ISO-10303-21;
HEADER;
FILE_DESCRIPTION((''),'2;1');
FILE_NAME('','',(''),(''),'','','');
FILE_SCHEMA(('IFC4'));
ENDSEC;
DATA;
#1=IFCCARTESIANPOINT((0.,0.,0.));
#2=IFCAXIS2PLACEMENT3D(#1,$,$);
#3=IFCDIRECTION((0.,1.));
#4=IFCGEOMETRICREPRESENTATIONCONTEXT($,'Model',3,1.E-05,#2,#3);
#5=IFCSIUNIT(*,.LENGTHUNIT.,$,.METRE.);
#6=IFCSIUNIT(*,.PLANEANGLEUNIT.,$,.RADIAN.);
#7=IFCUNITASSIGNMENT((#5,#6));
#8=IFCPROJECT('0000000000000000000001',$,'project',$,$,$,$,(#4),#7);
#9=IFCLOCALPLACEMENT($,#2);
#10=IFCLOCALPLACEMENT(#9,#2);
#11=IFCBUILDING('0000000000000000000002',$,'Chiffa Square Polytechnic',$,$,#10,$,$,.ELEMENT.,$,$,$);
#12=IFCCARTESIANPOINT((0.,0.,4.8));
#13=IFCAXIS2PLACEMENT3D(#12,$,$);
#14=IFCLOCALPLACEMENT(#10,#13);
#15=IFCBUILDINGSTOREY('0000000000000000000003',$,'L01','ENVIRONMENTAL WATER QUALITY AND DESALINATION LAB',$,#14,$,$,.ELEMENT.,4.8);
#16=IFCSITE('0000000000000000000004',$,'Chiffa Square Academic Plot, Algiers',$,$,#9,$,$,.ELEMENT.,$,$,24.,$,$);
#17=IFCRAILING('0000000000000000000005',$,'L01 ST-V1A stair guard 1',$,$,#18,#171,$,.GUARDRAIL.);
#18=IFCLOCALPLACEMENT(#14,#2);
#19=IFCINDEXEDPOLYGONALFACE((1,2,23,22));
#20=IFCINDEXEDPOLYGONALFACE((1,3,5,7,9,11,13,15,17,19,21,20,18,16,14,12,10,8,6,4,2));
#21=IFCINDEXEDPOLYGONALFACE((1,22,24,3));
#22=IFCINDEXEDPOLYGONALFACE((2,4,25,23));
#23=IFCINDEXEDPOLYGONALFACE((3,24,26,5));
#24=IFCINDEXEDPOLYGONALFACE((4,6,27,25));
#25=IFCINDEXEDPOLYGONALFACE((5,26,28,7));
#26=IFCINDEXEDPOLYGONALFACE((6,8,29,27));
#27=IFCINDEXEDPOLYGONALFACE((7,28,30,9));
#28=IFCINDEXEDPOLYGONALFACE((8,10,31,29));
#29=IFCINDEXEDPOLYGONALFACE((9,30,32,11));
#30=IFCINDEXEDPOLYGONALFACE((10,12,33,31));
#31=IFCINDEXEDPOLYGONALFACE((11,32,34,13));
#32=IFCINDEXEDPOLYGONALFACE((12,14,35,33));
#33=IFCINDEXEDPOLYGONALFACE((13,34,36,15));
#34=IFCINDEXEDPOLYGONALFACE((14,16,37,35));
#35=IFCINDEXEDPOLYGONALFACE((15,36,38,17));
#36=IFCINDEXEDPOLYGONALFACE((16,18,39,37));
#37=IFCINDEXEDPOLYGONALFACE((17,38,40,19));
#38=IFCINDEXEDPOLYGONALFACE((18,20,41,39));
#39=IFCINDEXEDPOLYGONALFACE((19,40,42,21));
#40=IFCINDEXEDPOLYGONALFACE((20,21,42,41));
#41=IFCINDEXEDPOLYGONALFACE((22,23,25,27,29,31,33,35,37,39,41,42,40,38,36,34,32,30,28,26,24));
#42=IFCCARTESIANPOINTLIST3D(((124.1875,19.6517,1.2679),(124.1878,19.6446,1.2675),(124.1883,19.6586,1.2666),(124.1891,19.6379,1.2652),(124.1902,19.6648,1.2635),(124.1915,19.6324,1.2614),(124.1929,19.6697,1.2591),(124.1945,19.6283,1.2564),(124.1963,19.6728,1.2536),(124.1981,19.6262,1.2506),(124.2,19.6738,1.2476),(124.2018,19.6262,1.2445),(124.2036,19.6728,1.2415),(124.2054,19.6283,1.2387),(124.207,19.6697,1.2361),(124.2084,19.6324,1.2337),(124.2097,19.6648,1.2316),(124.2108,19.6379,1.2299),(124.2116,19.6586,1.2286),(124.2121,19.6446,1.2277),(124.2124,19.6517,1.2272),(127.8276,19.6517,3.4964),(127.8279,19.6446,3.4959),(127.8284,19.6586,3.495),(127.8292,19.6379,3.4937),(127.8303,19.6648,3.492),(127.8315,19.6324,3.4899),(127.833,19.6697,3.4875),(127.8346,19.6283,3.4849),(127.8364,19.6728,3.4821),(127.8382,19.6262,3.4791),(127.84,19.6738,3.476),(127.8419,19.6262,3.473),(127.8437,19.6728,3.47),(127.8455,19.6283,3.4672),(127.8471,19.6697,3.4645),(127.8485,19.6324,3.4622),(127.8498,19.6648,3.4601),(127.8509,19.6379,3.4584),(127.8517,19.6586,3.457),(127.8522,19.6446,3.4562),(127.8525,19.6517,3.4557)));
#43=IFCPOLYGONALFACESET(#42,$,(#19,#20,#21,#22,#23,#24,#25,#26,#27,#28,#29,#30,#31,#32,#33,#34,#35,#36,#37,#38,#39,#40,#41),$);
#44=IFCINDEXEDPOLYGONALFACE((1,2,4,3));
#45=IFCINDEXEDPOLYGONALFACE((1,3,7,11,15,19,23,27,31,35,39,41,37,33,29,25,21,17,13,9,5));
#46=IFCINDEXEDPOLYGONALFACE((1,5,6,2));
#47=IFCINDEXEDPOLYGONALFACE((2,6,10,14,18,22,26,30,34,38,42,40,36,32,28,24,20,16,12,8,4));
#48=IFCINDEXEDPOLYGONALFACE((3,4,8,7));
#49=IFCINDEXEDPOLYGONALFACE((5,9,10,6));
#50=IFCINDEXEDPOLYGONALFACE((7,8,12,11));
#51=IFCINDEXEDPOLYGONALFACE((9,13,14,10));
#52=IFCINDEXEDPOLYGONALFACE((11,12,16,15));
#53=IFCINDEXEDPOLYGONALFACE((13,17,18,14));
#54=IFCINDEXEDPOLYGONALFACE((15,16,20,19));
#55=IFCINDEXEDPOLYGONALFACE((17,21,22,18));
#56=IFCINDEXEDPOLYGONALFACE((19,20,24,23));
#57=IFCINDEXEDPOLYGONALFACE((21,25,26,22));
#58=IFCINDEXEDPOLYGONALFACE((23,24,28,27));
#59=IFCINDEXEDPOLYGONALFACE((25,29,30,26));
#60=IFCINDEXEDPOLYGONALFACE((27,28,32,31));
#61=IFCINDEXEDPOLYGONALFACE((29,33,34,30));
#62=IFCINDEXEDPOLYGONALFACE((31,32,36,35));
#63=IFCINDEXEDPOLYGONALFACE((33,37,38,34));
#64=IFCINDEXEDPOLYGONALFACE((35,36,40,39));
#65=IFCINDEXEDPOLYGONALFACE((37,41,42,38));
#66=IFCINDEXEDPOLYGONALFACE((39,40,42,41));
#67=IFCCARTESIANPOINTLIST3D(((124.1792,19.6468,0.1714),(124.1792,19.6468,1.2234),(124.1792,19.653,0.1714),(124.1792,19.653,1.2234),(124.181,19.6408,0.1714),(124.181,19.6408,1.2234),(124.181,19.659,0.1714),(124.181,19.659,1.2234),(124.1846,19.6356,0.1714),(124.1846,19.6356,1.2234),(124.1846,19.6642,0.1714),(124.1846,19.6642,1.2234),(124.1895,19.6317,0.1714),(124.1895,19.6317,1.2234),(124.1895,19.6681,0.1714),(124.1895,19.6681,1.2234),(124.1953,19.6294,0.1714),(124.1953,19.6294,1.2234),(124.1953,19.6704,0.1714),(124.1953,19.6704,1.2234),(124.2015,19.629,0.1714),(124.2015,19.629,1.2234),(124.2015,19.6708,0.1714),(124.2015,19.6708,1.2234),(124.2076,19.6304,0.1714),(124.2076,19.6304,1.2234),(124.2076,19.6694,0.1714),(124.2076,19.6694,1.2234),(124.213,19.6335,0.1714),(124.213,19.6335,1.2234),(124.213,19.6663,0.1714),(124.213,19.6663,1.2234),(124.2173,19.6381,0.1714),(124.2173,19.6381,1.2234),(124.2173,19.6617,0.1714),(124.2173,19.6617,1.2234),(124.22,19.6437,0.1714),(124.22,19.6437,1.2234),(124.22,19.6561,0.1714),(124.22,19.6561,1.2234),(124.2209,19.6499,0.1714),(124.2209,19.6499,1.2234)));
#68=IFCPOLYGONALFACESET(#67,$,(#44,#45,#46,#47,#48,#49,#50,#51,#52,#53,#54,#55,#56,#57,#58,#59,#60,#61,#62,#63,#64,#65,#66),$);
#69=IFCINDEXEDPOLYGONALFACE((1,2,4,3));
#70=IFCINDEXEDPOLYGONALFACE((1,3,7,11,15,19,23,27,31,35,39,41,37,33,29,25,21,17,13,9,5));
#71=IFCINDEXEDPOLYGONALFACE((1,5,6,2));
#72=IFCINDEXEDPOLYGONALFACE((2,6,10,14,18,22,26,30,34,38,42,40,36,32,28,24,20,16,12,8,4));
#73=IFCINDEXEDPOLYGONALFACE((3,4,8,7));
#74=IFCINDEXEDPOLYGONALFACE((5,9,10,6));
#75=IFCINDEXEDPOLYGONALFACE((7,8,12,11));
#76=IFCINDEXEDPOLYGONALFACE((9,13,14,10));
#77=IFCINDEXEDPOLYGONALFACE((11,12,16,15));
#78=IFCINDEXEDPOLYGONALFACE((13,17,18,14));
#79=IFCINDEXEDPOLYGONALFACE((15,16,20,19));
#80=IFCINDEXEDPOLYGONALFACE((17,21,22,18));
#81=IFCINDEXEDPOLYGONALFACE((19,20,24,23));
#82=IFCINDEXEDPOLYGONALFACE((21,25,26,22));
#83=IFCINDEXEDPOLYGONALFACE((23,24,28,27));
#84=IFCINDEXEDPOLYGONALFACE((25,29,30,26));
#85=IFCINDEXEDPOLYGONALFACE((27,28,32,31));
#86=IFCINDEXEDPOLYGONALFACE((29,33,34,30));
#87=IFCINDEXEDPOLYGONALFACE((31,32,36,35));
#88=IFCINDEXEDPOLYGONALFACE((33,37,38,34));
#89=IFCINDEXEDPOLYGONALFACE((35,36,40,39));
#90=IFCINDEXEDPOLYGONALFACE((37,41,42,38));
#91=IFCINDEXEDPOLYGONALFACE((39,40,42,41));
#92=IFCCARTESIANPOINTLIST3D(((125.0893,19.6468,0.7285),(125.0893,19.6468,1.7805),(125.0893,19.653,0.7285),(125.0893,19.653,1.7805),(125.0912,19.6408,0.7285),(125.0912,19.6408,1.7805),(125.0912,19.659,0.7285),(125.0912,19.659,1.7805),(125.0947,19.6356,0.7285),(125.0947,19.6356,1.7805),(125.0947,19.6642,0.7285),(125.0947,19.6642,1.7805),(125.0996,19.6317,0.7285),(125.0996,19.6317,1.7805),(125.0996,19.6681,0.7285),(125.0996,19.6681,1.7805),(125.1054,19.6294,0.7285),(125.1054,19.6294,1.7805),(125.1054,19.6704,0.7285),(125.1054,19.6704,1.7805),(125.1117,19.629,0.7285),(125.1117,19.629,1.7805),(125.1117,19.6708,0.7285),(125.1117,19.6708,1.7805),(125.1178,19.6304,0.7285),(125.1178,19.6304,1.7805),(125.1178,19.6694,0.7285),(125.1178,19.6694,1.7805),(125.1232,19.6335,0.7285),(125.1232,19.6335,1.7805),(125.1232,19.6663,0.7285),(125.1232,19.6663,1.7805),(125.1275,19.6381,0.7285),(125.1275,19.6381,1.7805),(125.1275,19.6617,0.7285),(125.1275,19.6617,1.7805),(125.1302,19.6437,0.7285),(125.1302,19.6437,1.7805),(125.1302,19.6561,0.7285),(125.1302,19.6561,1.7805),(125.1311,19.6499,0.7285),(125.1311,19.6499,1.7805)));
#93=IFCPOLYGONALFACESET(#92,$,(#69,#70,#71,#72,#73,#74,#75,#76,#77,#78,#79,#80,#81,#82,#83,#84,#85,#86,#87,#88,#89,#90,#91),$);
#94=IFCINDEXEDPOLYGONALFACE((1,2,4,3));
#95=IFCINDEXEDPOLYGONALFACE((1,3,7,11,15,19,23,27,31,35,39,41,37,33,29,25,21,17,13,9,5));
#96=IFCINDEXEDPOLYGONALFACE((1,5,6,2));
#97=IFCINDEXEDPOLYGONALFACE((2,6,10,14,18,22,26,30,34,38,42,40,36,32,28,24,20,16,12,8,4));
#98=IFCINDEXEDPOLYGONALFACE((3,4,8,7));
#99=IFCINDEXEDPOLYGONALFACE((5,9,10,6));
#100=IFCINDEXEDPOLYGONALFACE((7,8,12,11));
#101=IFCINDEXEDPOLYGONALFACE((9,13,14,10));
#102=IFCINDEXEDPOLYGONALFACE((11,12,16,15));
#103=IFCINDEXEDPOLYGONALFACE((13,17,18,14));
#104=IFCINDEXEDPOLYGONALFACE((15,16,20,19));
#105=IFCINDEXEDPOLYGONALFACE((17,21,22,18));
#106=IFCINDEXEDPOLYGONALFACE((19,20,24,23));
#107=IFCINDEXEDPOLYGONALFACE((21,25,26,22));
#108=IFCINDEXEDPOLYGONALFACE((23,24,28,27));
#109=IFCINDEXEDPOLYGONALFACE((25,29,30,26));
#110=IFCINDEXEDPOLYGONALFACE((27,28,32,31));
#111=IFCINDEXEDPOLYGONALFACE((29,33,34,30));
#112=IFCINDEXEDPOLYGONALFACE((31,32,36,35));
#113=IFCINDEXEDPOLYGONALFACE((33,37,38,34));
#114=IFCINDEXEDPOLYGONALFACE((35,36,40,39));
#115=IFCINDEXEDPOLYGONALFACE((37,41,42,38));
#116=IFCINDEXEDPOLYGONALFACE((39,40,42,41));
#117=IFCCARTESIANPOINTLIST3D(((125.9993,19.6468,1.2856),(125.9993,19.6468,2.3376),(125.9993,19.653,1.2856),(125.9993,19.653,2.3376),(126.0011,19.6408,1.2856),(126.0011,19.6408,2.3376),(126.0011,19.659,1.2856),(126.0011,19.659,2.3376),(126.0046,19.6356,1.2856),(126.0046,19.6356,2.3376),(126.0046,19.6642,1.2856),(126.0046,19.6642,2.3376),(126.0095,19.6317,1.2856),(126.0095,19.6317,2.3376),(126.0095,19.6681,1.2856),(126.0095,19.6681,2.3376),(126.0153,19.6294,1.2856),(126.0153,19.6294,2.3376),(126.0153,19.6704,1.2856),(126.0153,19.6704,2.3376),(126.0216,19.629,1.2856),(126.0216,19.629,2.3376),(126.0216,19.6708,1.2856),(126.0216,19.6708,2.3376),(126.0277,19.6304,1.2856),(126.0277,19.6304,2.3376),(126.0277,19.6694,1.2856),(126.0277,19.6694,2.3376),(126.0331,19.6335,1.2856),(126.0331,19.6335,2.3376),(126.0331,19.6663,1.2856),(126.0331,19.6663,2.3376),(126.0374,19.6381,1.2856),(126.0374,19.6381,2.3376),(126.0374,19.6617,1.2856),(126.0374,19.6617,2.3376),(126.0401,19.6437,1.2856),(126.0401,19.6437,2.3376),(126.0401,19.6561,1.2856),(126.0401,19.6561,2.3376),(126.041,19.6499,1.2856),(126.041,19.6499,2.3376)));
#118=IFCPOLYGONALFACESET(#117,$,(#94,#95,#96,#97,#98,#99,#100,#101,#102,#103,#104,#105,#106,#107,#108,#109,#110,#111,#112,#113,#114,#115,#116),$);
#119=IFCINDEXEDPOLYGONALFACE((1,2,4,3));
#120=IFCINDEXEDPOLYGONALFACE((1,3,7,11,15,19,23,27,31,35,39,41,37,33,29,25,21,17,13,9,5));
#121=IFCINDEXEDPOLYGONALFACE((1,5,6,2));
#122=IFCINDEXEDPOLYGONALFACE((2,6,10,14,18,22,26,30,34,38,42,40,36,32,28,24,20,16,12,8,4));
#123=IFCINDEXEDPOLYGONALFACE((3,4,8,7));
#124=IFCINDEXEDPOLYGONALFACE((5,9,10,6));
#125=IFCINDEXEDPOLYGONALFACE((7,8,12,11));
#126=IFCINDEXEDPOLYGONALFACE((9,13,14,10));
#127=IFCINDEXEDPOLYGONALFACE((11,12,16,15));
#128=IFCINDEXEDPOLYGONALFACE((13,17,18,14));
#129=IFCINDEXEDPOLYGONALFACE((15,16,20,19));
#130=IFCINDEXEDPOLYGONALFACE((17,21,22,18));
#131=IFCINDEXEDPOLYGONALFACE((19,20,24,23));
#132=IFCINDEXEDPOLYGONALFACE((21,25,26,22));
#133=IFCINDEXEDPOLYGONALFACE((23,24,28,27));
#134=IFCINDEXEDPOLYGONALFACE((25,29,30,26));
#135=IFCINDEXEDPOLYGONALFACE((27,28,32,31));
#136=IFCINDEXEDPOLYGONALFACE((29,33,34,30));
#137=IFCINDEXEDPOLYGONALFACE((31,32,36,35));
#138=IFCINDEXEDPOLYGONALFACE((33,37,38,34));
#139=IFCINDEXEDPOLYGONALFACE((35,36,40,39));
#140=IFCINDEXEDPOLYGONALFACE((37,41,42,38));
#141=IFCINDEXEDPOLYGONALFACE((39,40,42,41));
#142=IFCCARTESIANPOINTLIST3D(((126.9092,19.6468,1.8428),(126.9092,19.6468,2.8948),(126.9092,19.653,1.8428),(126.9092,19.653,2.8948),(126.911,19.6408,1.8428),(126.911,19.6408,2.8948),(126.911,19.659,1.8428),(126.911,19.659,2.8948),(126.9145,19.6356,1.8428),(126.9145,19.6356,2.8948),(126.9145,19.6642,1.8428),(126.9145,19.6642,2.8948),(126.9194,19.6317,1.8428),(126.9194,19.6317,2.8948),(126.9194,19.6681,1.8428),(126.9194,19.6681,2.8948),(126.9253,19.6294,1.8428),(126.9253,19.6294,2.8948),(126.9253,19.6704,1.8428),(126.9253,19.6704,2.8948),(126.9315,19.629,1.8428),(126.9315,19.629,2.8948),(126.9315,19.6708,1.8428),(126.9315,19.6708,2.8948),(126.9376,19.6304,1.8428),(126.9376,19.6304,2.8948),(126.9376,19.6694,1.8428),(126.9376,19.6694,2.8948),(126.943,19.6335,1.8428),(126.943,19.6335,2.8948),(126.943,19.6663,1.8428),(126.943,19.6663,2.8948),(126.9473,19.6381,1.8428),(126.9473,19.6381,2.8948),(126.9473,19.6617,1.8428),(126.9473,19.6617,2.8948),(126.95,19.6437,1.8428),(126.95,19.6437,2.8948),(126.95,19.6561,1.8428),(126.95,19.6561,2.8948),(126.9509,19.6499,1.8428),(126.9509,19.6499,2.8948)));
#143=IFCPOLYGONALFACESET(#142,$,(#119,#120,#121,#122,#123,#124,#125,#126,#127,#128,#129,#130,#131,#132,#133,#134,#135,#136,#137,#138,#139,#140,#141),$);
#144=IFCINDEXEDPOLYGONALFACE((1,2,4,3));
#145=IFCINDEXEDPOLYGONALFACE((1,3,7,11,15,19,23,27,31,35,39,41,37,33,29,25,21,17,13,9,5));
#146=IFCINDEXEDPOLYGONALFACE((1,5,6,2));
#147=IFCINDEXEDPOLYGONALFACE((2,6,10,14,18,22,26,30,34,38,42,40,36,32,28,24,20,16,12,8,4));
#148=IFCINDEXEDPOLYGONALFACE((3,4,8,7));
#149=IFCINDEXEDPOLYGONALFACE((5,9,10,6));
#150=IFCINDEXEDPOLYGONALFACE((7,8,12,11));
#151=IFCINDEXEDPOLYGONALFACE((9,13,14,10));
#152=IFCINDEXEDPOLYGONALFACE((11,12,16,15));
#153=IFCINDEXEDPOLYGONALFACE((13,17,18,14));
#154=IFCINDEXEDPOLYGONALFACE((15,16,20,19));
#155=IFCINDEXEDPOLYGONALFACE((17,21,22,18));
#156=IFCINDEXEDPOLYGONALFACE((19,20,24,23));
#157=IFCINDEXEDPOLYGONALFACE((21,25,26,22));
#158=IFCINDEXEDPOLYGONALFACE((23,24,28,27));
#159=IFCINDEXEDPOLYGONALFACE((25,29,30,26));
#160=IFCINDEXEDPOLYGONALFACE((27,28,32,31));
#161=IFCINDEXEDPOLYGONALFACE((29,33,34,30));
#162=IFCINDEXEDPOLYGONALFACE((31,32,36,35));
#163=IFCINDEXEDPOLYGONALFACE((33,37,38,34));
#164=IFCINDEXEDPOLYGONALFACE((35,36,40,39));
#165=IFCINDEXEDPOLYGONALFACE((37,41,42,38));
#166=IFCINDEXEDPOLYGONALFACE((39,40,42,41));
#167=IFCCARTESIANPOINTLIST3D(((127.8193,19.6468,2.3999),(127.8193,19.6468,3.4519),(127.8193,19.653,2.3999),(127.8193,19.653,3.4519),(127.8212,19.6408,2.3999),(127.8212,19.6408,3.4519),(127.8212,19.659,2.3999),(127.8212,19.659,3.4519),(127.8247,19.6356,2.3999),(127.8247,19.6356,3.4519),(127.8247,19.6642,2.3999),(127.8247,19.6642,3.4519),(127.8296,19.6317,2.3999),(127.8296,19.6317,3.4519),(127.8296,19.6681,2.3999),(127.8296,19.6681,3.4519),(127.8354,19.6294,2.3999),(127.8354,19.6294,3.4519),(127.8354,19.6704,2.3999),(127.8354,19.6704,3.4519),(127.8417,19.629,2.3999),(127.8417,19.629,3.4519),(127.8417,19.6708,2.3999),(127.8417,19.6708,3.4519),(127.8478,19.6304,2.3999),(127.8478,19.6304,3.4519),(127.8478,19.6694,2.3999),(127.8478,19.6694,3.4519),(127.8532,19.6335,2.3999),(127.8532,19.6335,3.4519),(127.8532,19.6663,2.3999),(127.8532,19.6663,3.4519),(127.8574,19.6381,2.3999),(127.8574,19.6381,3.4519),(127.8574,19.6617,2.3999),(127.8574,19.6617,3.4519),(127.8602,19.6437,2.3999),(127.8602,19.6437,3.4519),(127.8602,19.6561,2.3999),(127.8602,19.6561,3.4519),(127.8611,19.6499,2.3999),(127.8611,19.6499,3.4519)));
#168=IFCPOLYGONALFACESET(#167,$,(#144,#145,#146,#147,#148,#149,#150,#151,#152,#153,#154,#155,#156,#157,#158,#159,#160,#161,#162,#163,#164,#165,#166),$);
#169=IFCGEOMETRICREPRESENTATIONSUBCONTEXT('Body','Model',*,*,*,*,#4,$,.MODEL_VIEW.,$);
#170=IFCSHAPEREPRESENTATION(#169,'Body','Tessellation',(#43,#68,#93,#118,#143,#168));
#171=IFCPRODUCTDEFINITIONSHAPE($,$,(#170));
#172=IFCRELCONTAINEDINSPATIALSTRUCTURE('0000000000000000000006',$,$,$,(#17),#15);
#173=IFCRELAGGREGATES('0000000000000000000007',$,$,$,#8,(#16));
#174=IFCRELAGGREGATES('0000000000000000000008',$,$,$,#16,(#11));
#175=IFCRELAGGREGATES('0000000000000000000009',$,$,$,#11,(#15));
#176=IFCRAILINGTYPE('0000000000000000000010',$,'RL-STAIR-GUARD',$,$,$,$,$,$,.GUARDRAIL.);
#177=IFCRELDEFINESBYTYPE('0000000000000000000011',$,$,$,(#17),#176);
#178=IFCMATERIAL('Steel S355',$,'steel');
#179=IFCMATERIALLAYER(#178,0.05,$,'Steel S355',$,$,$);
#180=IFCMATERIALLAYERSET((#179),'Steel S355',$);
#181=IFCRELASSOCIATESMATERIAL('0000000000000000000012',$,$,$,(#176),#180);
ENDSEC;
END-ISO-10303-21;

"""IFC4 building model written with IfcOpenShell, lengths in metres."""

from ifc_helpers import new_model, si_unit, direction, frame, origin, origin_2d, place, context, subcontext, project, spatial, circle, extrude, material, layer, layer_set, type_object, element, save


model = new_model("IFC4")

# Units and contexts
model_context = context("Model", 3, precision=1e-05, world=origin(), true_north=direction((0.0, 1.0)))
body_context = subcontext(model_context, "Body", "Model", "MODEL_VIEW")
ifc_project = project(units=[si_unit("LENGTHUNIT", "METRE"), si_unit("PLANEANGLEUNIT", "RADIAN")], contexts=[model_context])

# Site, building, storey
site_placement = place(None, origin())
site = spatial("IfcSite", under=ifc_project, at=site_placement, Name="Chiffa Square Academic Plot, Algiers", CompositionType="ELEMENT", RefElevation=24.0)
building_placement = place(site_placement, origin())
building = spatial("IfcBuilding", under=site, at=building_placement, Name="Chiffa Square Polytechnic", CompositionType="ELEMENT")
storey_placement = place(building_placement, frame((0.0, 0.0, 4.8)))
storey = spatial("IfcBuildingStorey", under=building, at=storey_placement, Name="L01", Description="ENVIRONMENTAL WATER QUALITY AND DESALINATION LAB", CompositionType="ELEMENT", Elevation=4.8)

# Railing
ifc_material_1 = material(Name="Steel S355", Category="steel")
ifc_layer_1 = layer(ifc_material_1, 0.05, Name="Steel S355")
ifc_layer_set_1 = layer_set([ifc_layer_1], Name="Steel S355")
railing_type_1 = type_object("IfcRailingType", Name="RL-STAIR-GUARD", PredefinedType="GUARDRAIL", material=ifc_layer_set_1)
railing_1_placement = place(storey_placement, frame((124.2, 19.6499, 0.1714)))
element("IfcRailing", 1, at=railing_1_placement, inside=storey, type_object=railing_type_1, Name="L01 ST-V1A stair guard 1", PredefinedType="GUARDRAIL", context=body_context, shape_type="SweptSolid", body=[
    extrude(circle(Radius=0.0239, at=origin_2d()), frame((0.0, 0.0, 1.0762), z_axis=(0.852866, 0.0, 0.52213), x_axis=(0.0, 1.0, 0.0)), (0.0, 0.0, 1.0), 4.2681),
    extrude(circle(Radius=0.021, at=origin_2d()), origin(), (0.0, 0.0, 1.0), 1.052),
    extrude(circle(Radius=0.021, at=origin_2d()), frame((0.9102, 0.0, 0.5571)), (0.0, 0.0, 1.0), 1.052),
    extrude(circle(Radius=0.021, at=origin_2d()), frame((1.8201, 0.0, 1.1143)), (0.0, 0.0, 1.0), 1.052),
    extrude(circle(Radius=0.021, at=origin_2d()), frame((2.73, 0.0, 1.6714)), (0.0, 0.0, 1.0), 1.052),
    extrude(circle(Radius=0.021, at=origin_2d()), frame((3.6401, 0.0, 2.2285)), (0.0, 0.0, 1.0), 1.052),
])

save(model, "model.ifc")
